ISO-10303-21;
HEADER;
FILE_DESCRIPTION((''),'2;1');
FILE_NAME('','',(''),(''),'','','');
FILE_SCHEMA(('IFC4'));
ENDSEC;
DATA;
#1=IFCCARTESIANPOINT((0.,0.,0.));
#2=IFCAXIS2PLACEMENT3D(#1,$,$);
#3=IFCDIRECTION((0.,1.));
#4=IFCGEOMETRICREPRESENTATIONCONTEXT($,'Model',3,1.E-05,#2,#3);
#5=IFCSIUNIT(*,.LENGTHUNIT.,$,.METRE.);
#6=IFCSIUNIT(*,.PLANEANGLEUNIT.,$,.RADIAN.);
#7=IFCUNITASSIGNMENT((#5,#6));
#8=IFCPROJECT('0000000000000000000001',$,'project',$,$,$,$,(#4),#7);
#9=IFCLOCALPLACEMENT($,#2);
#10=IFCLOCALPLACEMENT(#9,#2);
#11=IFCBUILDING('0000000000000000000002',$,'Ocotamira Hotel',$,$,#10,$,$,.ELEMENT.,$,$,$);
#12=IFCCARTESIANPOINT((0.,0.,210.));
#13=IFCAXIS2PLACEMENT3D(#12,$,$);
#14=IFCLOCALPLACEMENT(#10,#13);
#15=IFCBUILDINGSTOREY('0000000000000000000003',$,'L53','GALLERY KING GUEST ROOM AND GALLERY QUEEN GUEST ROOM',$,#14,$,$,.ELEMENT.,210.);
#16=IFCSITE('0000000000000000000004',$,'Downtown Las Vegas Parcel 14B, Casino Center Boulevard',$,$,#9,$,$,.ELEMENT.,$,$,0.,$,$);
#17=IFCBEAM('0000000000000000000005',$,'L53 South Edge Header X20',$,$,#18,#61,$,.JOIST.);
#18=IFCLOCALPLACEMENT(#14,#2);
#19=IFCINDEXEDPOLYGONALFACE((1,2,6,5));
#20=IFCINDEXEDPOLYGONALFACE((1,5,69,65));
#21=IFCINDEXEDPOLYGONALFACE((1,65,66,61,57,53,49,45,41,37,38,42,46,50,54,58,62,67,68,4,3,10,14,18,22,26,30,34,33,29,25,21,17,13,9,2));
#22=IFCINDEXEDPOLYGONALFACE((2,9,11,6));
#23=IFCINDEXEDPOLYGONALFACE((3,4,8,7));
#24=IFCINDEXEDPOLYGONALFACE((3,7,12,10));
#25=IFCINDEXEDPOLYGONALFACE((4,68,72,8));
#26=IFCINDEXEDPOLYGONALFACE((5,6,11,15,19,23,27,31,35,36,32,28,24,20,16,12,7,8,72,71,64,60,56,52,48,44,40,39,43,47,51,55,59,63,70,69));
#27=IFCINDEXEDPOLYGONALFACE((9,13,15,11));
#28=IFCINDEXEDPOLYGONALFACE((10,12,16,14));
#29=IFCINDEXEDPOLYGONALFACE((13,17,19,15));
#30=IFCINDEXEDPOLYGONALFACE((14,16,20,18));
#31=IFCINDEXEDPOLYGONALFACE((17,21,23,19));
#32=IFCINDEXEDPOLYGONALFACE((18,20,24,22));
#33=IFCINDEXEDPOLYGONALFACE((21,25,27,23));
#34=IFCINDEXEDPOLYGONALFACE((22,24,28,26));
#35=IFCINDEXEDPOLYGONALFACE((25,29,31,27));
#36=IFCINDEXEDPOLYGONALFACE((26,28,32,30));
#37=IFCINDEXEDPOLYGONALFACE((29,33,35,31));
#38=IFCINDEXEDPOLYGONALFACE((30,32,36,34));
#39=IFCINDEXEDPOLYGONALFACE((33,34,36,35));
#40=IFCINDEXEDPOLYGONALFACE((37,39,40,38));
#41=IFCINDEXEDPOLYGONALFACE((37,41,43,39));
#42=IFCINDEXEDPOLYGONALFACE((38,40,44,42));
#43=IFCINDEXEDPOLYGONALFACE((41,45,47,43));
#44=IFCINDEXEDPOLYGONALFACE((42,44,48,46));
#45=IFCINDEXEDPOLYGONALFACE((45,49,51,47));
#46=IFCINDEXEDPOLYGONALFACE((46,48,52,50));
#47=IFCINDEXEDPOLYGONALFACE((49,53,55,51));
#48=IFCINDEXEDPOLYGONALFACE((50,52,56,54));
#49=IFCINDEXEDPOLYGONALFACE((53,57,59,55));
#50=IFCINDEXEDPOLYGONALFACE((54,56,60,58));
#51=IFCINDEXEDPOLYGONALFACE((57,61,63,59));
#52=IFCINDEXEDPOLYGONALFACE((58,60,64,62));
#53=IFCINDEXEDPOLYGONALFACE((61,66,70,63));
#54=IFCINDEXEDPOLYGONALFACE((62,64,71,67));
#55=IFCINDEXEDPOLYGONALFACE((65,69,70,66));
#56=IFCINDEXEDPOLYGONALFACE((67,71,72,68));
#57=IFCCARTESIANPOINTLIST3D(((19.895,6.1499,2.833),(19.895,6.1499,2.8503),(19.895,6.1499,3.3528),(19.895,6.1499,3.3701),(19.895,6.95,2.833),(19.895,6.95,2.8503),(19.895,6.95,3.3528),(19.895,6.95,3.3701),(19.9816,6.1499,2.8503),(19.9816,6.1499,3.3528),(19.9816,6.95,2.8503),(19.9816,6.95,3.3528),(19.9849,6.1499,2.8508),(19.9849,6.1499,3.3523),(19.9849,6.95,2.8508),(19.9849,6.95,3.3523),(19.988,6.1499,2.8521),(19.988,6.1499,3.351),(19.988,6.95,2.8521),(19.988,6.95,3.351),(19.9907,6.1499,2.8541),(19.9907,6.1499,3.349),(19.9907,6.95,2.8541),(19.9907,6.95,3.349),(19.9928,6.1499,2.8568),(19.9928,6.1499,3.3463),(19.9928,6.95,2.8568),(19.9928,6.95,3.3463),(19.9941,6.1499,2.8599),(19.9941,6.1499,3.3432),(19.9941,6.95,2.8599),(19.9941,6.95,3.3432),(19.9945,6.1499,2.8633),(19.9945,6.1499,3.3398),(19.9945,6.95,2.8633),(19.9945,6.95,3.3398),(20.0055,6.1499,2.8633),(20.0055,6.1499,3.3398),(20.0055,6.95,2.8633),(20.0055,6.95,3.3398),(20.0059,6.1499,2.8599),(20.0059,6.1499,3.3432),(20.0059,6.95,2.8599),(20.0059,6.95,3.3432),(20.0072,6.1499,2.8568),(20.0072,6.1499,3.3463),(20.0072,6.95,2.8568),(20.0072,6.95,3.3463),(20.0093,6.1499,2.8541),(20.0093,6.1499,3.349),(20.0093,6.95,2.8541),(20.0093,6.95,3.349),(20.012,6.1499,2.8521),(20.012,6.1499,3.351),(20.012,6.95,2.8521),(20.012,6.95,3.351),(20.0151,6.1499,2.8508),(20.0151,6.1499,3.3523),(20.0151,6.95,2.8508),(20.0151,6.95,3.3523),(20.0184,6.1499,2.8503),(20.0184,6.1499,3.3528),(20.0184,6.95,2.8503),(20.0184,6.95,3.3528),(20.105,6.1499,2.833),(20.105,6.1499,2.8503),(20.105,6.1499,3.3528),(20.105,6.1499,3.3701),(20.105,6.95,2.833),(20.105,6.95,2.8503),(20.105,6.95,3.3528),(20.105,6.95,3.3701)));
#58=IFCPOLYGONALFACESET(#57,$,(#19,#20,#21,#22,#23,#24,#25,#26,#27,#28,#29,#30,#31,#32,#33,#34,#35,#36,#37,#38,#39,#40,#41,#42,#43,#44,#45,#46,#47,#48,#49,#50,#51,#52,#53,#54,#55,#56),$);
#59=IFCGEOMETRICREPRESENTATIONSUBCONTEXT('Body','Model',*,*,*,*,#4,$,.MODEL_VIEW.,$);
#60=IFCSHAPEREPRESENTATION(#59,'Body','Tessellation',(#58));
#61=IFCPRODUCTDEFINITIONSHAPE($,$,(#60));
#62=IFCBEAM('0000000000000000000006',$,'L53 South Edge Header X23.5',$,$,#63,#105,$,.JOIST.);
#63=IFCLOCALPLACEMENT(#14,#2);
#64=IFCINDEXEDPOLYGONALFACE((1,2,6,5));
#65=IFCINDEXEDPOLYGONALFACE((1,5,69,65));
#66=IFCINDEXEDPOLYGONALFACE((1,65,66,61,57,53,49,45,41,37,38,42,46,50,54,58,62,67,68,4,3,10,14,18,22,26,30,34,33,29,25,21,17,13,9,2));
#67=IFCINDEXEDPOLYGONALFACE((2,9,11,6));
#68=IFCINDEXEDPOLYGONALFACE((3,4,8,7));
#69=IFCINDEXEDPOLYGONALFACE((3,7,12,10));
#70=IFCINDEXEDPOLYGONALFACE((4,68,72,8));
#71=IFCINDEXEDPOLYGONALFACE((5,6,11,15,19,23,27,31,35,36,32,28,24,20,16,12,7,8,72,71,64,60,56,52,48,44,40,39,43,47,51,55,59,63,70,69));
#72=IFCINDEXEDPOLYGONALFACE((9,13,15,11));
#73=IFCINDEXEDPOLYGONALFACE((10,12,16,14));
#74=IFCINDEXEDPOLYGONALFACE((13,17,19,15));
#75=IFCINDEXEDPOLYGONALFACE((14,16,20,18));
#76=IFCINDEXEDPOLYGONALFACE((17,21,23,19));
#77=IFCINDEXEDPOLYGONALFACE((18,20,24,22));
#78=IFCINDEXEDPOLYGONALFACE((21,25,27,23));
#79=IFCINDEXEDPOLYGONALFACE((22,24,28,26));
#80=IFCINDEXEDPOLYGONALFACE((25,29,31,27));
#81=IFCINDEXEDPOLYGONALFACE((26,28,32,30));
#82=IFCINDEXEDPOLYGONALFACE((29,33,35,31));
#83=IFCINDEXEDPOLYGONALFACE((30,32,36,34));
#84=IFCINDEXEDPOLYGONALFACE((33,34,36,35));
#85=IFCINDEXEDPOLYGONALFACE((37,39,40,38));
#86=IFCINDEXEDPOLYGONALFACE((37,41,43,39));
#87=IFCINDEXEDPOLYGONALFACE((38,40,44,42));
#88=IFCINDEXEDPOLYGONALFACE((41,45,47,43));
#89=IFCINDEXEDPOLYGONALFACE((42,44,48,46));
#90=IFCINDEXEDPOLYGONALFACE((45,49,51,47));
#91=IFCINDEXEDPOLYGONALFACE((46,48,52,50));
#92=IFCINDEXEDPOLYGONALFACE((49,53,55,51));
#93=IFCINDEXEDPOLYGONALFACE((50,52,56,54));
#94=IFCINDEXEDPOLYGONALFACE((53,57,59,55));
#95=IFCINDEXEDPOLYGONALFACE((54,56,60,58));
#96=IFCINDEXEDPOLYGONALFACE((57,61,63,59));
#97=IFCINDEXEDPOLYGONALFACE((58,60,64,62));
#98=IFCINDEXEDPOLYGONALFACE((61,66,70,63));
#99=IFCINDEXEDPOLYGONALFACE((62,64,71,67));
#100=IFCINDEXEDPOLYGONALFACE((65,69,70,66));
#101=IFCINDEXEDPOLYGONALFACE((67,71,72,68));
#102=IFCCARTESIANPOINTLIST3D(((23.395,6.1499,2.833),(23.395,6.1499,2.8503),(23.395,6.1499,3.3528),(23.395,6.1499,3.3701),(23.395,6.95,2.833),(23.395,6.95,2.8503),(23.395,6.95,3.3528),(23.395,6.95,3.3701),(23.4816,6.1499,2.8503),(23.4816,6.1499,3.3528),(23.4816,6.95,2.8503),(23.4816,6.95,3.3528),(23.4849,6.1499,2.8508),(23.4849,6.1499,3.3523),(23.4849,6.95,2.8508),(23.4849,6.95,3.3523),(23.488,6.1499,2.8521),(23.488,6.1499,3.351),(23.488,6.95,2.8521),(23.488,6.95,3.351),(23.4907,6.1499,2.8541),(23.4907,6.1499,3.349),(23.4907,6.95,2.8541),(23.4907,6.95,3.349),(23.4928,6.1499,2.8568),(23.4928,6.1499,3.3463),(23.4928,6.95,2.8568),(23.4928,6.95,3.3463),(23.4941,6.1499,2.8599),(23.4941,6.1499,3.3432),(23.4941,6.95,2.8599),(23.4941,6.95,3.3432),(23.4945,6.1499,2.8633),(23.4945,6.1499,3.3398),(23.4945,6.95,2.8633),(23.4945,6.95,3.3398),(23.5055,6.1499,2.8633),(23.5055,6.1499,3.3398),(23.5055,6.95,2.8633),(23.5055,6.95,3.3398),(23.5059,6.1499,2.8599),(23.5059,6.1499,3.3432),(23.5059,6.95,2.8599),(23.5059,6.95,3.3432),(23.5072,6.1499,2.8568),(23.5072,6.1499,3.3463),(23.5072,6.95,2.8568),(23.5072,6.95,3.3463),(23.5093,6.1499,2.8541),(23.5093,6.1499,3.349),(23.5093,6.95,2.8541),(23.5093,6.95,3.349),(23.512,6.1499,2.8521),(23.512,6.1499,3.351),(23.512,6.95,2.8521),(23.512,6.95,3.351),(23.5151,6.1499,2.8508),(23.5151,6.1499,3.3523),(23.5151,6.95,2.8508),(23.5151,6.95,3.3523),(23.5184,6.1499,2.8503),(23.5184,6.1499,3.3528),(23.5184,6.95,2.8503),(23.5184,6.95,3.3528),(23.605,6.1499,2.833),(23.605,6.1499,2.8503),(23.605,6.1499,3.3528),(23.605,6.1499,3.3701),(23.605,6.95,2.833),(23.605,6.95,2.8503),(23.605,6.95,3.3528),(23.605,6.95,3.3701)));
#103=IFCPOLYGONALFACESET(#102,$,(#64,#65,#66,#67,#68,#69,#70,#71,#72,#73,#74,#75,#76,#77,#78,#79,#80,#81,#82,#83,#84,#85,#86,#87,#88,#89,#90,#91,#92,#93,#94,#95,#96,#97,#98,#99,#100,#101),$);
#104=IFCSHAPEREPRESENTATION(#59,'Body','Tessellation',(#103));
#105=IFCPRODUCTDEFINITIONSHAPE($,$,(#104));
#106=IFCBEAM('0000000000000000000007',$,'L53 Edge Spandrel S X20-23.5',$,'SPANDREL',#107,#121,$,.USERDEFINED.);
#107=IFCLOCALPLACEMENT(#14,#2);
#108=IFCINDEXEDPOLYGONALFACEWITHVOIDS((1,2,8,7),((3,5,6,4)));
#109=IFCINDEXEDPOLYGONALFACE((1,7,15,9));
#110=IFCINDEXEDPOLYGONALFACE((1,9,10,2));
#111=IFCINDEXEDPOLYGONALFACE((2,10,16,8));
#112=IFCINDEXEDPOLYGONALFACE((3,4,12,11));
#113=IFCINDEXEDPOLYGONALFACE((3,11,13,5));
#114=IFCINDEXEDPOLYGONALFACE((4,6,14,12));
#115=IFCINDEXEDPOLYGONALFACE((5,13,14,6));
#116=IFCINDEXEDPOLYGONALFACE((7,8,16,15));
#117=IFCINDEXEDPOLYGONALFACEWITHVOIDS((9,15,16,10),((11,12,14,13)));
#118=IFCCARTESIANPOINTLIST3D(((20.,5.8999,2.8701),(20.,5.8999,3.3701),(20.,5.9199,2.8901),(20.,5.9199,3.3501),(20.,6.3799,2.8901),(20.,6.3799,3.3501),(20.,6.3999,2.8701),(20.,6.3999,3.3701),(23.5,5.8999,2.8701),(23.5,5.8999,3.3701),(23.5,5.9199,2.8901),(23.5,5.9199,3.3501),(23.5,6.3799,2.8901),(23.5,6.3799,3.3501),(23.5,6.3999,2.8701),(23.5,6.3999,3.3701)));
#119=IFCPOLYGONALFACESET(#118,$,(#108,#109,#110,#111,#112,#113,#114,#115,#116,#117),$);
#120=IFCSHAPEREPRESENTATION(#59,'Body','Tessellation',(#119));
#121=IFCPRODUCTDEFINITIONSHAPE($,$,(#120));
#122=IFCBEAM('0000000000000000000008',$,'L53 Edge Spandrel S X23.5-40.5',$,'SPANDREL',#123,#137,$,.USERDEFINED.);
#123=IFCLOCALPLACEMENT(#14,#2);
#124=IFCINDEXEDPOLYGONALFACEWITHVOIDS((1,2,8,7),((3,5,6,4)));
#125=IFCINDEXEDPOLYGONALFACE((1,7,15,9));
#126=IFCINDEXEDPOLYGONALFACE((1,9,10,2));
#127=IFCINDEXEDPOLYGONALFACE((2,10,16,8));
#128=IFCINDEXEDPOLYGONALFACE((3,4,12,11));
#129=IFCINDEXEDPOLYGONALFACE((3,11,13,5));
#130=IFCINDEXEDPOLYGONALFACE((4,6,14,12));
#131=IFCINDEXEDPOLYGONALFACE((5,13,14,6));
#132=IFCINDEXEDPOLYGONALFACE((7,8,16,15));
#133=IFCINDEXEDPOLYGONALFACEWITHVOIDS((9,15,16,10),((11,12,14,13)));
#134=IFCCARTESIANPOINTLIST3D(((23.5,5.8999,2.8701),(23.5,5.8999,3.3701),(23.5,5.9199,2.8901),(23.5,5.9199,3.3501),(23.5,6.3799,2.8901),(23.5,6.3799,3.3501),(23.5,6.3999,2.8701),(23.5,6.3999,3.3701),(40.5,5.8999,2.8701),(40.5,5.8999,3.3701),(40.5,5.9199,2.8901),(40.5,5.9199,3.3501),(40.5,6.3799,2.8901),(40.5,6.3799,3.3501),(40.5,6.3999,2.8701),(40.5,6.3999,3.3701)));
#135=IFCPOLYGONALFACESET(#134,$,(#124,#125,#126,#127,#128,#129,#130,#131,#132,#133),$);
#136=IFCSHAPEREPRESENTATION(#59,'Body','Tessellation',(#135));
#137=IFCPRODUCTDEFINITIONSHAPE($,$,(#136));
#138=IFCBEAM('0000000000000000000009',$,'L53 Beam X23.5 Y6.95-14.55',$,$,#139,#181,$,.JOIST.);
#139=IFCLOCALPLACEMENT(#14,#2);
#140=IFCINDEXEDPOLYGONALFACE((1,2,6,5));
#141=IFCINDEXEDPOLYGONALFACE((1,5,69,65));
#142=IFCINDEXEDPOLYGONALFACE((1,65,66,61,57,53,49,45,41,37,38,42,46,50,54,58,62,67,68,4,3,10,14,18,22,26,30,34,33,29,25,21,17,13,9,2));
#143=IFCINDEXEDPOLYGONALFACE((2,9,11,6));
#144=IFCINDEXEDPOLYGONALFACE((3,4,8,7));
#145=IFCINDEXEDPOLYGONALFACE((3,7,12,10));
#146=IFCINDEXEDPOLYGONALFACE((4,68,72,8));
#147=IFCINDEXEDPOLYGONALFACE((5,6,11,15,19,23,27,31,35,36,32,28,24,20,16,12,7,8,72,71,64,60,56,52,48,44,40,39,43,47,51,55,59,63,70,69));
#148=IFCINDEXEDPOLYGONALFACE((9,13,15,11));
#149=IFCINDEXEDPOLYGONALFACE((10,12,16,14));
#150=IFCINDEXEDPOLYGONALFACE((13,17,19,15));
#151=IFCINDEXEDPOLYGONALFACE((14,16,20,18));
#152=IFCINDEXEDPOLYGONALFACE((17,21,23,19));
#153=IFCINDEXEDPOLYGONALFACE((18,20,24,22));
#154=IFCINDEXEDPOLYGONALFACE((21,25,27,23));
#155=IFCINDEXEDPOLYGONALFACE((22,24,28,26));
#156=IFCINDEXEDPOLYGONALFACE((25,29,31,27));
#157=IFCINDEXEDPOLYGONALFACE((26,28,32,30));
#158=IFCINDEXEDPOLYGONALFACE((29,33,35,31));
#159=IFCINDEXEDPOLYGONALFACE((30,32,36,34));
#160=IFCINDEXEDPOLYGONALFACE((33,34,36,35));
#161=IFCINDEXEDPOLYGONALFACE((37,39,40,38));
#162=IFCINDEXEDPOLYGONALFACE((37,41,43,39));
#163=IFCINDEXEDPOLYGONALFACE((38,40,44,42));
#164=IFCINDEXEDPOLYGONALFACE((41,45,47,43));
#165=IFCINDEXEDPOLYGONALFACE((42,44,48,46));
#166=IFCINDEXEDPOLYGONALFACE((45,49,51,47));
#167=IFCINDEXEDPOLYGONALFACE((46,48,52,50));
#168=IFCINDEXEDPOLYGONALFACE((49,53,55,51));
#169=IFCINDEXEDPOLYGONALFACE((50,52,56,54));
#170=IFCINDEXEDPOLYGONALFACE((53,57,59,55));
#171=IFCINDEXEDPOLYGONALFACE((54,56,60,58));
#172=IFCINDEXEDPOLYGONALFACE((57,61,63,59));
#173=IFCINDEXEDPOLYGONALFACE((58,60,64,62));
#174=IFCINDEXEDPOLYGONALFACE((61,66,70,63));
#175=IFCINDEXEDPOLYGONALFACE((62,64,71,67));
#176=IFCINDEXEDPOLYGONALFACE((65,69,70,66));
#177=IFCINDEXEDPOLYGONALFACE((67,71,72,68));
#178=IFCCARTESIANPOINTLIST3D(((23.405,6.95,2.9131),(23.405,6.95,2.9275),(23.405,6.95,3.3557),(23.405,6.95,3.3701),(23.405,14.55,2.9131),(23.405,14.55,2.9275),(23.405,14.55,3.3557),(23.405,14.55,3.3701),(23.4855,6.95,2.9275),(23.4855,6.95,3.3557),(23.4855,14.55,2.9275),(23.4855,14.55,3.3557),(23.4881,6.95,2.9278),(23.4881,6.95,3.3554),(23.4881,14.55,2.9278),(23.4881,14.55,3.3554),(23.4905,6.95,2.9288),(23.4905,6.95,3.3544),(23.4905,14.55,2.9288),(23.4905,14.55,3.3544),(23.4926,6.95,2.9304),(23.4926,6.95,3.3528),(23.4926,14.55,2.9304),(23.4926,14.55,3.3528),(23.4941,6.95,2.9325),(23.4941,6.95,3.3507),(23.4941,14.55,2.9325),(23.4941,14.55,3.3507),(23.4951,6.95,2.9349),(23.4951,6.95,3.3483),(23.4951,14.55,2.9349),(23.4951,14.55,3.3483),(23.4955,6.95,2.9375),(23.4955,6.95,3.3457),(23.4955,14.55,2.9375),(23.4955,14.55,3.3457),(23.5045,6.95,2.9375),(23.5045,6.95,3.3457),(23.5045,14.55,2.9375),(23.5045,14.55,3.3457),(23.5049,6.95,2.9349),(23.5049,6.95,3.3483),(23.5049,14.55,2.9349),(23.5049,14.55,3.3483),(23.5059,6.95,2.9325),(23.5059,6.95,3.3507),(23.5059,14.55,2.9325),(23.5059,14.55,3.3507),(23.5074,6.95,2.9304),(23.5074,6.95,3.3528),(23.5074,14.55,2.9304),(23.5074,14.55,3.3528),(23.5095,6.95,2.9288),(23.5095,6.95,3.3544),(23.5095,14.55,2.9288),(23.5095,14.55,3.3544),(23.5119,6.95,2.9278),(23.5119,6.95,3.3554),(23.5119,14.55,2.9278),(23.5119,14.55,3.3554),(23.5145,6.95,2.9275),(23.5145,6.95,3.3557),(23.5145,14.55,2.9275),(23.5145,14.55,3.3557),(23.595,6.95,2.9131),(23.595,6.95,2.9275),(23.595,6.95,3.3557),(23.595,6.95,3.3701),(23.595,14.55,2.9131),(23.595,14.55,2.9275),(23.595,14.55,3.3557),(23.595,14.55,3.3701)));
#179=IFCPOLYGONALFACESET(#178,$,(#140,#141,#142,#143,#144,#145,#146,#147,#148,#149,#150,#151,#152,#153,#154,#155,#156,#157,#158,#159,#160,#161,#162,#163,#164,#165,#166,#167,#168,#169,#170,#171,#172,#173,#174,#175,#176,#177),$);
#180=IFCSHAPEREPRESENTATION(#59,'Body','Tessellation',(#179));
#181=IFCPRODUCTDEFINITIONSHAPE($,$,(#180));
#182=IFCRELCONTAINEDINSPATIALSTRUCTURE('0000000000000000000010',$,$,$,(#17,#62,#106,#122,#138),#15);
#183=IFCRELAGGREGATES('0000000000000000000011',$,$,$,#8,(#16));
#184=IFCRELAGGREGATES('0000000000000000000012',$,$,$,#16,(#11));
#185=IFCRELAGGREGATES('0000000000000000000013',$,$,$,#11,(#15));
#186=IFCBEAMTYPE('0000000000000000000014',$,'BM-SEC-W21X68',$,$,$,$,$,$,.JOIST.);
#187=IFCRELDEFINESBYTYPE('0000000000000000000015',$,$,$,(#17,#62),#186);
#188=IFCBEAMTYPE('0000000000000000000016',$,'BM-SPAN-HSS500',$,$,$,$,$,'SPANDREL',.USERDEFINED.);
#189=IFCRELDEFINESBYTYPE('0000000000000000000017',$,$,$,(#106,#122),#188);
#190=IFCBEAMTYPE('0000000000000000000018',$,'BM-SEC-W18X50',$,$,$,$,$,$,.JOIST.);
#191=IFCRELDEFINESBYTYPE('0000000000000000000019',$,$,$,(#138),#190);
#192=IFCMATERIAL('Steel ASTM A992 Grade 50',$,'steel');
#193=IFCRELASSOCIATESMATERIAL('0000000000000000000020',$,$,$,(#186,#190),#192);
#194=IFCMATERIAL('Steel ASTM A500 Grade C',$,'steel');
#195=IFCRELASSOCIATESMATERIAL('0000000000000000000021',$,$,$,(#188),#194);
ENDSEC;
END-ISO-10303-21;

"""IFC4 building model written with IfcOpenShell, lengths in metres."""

from ifc_helpers import new_model, si_unit, direction, frame, origin, origin_2d, place, context, subcontext, project, spatial, hollow_rectangle, i_section, extrude, source, transform, mapped, material, material_profile, profile_set, type_object, element, save


model = new_model("IFC4")

# Units and contexts
model_context = context("Model", 3, precision=1e-05, world=origin(), true_north=direction((0.0, 1.0)))
body_context = subcontext(model_context, "Body", "Model", "MODEL_VIEW")
ifc_project = project(units=[si_unit("LENGTHUNIT", "METRE"), si_unit("PLANEANGLEUNIT", "RADIAN")], contexts=[model_context])

# Site, building, storey
site_placement = place(None, origin())
site = spatial("IfcSite", under=ifc_project, at=site_placement, Name="Downtown Las Vegas Parcel 14B, Casino Center Boulevard", CompositionType="ELEMENT", RefElevation=0.0)
building_placement = place(site_placement, origin())
building = spatial("IfcBuilding", under=site, at=building_placement, Name="Ocotamira Hotel", CompositionType="ELEMENT")
storey_placement = place(building_placement, frame((0.0, 0.0, 210.0)))
storey = spatial("IfcBuildingStorey", under=building, at=storey_placement, Name="L53", Description="GALLERY KING GUEST ROOM AND GALLERY QUEEN GUEST ROOM", CompositionType="ELEMENT", Elevation=210.0)

# Beams
ifc_material_1 = material(Name="Steel ASTM A992 Grade 50", Category="steel")
ifc_material_profile_1 = material_profile(ifc_material_1, i_section(OverallWidth=0.21, OverallDepth=0.5371, WebThickness=0.011, FlangeThickness=0.0173, FilletRadius=0.0129, at=origin_2d()), Name="W21X68")
ifc_profile_set_1 = profile_set([ifc_material_profile_1], Name="Steel ASTM A992 Grade 50")
beam_type_1 = type_object("IfcBeamType", Name="BM-SEC-W21X68", PredefinedType="JOIST", material=ifc_profile_set_1)
shared_shape_1 = source(origin(), body_context, "Body", "SweptSolid", [
    extrude(i_section(OverallWidth=0.21, OverallDepth=0.5371, WebThickness=0.011, FlangeThickness=0.0173, FilletRadius=0.0129, at=origin_2d()), origin(), (0.0, 0.0, 1.0), 0.8),
])
for number, where, z_axis, x_axis, name in (
    (1, (20.0, 6.95, 3.1016), (0.0, -1.0, 0.0), (1.0, 0.0, 0.0), "L53 South Edge Header X20"),
    (2, (23.5, 6.95, 3.1016), (0.0, -1.0, 0.0), (1.0, 0.0, 0.0), "L53 South Edge Header X23.5"),
):
    element("IfcBeam", number, at=place(storey_placement, frame(where, z_axis=z_axis, x_axis=x_axis)), inside=storey, type_object=beam_type_1, Name=name, PredefinedType="JOIST", context=body_context, shape_type="MappedRepresentation", body=[
        mapped(shared_shape_1, transform((0.0, 0.0, 0.0), scale=1.0)),
    ])
ifc_material_2 = material(Name="Steel ASTM A500 Grade C", Category="steel")
ifc_material_profile_2 = material_profile(ifc_material_2, hollow_rectangle(XDim=0.5, YDim=0.5, WallThickness=0.02, at=origin_2d()), Name="HSS500X500X20")
ifc_profile_set_2 = profile_set([ifc_material_profile_2], Name="Steel ASTM A500 Grade C")
beam_type_2 = type_object("IfcBeamType", Name="BM-SPAN-HSS500", ElementType="SPANDREL", PredefinedType="USERDEFINED", material=ifc_profile_set_2)
shared_shape_2 = source(origin(), body_context, "Body", "SweptSolid", [
    extrude(hollow_rectangle(XDim=0.5, YDim=0.5, WallThickness=0.02, at=origin_2d()), origin(), (0.0, 0.0, 1.0), 3.5),
])
beam_1_placement = place(storey_placement, frame((20.0, 6.1499, 3.1201), z_axis=(1.0, 0.0, 0.0), x_axis=(0.0, 1.0, 0.0)))
element("IfcBeam", 3, at=beam_1_placement, inside=storey, type_object=beam_type_2, Name="L53 Edge Spandrel S X20-23.5", ObjectType="SPANDREL", PredefinedType="USERDEFINED", context=body_context, shape_type="MappedRepresentation", body=[
    mapped(shared_shape_2, transform((0.0, 0.0, 0.0), scale=1.0)),
])
shared_shape_3 = source(origin(), body_context, "Body", "SweptSolid", [
    extrude(hollow_rectangle(XDim=0.5, YDim=0.5, WallThickness=0.02, at=origin_2d()), origin(), (0.0, 0.0, 1.0), 17.0),
])
beam_2_placement = place(storey_placement, frame((23.5, 6.1499, 3.1201), z_axis=(1.0, 0.0, 0.0), x_axis=(0.0, 1.0, 0.0)))
element("IfcBeam", 4, at=beam_2_placement, inside=storey, type_object=beam_type_2, Name="L53 Edge Spandrel S X23.5-40.5", ObjectType="SPANDREL", PredefinedType="USERDEFINED", context=body_context, shape_type="MappedRepresentation", body=[
    mapped(shared_shape_3, transform((0.0, 0.0, 0.0), scale=1.0)),
])
ifc_material_profile_3 = material_profile(ifc_material_1, i_section(OverallWidth=0.1899, OverallDepth=0.457, WebThickness=0.009, FlangeThickness=0.0144, FilletRadius=0.01, at=origin_2d()), Name="W18X50")
ifc_profile_set_3 = profile_set([ifc_material_profile_3], Name="Steel ASTM A992 Grade 50")
beam_type_3 = type_object("IfcBeamType", Name="BM-SEC-W18X50", PredefinedType="JOIST", material=ifc_profile_set_3)
shared_shape_4 = source(origin(), body_context, "Body", "SweptSolid", [
    extrude(i_section(OverallWidth=0.1899, OverallDepth=0.457, WebThickness=0.009, FlangeThickness=0.0144, FilletRadius=0.01, at=origin_2d()), origin(), (0.0, 0.0, 1.0), 7.6001),
])
beam_3_placement = place(storey_placement, frame((23.5, 6.95, 3.1416), z_axis=(0.0, 1.0, 0.0), x_axis=(-1.0, 0.0, 0.0)))
element("IfcBeam", 5, at=beam_3_placement, inside=storey, type_object=beam_type_3, Name="L53 Beam X23.5 Y6.95-14.55", PredefinedType="JOIST", context=body_context, shape_type="MappedRepresentation", body=[
    mapped(shared_shape_4, transform((0.0, 0.0, 0.0), scale=1.0)),
])

save(model, "model.ifc")
